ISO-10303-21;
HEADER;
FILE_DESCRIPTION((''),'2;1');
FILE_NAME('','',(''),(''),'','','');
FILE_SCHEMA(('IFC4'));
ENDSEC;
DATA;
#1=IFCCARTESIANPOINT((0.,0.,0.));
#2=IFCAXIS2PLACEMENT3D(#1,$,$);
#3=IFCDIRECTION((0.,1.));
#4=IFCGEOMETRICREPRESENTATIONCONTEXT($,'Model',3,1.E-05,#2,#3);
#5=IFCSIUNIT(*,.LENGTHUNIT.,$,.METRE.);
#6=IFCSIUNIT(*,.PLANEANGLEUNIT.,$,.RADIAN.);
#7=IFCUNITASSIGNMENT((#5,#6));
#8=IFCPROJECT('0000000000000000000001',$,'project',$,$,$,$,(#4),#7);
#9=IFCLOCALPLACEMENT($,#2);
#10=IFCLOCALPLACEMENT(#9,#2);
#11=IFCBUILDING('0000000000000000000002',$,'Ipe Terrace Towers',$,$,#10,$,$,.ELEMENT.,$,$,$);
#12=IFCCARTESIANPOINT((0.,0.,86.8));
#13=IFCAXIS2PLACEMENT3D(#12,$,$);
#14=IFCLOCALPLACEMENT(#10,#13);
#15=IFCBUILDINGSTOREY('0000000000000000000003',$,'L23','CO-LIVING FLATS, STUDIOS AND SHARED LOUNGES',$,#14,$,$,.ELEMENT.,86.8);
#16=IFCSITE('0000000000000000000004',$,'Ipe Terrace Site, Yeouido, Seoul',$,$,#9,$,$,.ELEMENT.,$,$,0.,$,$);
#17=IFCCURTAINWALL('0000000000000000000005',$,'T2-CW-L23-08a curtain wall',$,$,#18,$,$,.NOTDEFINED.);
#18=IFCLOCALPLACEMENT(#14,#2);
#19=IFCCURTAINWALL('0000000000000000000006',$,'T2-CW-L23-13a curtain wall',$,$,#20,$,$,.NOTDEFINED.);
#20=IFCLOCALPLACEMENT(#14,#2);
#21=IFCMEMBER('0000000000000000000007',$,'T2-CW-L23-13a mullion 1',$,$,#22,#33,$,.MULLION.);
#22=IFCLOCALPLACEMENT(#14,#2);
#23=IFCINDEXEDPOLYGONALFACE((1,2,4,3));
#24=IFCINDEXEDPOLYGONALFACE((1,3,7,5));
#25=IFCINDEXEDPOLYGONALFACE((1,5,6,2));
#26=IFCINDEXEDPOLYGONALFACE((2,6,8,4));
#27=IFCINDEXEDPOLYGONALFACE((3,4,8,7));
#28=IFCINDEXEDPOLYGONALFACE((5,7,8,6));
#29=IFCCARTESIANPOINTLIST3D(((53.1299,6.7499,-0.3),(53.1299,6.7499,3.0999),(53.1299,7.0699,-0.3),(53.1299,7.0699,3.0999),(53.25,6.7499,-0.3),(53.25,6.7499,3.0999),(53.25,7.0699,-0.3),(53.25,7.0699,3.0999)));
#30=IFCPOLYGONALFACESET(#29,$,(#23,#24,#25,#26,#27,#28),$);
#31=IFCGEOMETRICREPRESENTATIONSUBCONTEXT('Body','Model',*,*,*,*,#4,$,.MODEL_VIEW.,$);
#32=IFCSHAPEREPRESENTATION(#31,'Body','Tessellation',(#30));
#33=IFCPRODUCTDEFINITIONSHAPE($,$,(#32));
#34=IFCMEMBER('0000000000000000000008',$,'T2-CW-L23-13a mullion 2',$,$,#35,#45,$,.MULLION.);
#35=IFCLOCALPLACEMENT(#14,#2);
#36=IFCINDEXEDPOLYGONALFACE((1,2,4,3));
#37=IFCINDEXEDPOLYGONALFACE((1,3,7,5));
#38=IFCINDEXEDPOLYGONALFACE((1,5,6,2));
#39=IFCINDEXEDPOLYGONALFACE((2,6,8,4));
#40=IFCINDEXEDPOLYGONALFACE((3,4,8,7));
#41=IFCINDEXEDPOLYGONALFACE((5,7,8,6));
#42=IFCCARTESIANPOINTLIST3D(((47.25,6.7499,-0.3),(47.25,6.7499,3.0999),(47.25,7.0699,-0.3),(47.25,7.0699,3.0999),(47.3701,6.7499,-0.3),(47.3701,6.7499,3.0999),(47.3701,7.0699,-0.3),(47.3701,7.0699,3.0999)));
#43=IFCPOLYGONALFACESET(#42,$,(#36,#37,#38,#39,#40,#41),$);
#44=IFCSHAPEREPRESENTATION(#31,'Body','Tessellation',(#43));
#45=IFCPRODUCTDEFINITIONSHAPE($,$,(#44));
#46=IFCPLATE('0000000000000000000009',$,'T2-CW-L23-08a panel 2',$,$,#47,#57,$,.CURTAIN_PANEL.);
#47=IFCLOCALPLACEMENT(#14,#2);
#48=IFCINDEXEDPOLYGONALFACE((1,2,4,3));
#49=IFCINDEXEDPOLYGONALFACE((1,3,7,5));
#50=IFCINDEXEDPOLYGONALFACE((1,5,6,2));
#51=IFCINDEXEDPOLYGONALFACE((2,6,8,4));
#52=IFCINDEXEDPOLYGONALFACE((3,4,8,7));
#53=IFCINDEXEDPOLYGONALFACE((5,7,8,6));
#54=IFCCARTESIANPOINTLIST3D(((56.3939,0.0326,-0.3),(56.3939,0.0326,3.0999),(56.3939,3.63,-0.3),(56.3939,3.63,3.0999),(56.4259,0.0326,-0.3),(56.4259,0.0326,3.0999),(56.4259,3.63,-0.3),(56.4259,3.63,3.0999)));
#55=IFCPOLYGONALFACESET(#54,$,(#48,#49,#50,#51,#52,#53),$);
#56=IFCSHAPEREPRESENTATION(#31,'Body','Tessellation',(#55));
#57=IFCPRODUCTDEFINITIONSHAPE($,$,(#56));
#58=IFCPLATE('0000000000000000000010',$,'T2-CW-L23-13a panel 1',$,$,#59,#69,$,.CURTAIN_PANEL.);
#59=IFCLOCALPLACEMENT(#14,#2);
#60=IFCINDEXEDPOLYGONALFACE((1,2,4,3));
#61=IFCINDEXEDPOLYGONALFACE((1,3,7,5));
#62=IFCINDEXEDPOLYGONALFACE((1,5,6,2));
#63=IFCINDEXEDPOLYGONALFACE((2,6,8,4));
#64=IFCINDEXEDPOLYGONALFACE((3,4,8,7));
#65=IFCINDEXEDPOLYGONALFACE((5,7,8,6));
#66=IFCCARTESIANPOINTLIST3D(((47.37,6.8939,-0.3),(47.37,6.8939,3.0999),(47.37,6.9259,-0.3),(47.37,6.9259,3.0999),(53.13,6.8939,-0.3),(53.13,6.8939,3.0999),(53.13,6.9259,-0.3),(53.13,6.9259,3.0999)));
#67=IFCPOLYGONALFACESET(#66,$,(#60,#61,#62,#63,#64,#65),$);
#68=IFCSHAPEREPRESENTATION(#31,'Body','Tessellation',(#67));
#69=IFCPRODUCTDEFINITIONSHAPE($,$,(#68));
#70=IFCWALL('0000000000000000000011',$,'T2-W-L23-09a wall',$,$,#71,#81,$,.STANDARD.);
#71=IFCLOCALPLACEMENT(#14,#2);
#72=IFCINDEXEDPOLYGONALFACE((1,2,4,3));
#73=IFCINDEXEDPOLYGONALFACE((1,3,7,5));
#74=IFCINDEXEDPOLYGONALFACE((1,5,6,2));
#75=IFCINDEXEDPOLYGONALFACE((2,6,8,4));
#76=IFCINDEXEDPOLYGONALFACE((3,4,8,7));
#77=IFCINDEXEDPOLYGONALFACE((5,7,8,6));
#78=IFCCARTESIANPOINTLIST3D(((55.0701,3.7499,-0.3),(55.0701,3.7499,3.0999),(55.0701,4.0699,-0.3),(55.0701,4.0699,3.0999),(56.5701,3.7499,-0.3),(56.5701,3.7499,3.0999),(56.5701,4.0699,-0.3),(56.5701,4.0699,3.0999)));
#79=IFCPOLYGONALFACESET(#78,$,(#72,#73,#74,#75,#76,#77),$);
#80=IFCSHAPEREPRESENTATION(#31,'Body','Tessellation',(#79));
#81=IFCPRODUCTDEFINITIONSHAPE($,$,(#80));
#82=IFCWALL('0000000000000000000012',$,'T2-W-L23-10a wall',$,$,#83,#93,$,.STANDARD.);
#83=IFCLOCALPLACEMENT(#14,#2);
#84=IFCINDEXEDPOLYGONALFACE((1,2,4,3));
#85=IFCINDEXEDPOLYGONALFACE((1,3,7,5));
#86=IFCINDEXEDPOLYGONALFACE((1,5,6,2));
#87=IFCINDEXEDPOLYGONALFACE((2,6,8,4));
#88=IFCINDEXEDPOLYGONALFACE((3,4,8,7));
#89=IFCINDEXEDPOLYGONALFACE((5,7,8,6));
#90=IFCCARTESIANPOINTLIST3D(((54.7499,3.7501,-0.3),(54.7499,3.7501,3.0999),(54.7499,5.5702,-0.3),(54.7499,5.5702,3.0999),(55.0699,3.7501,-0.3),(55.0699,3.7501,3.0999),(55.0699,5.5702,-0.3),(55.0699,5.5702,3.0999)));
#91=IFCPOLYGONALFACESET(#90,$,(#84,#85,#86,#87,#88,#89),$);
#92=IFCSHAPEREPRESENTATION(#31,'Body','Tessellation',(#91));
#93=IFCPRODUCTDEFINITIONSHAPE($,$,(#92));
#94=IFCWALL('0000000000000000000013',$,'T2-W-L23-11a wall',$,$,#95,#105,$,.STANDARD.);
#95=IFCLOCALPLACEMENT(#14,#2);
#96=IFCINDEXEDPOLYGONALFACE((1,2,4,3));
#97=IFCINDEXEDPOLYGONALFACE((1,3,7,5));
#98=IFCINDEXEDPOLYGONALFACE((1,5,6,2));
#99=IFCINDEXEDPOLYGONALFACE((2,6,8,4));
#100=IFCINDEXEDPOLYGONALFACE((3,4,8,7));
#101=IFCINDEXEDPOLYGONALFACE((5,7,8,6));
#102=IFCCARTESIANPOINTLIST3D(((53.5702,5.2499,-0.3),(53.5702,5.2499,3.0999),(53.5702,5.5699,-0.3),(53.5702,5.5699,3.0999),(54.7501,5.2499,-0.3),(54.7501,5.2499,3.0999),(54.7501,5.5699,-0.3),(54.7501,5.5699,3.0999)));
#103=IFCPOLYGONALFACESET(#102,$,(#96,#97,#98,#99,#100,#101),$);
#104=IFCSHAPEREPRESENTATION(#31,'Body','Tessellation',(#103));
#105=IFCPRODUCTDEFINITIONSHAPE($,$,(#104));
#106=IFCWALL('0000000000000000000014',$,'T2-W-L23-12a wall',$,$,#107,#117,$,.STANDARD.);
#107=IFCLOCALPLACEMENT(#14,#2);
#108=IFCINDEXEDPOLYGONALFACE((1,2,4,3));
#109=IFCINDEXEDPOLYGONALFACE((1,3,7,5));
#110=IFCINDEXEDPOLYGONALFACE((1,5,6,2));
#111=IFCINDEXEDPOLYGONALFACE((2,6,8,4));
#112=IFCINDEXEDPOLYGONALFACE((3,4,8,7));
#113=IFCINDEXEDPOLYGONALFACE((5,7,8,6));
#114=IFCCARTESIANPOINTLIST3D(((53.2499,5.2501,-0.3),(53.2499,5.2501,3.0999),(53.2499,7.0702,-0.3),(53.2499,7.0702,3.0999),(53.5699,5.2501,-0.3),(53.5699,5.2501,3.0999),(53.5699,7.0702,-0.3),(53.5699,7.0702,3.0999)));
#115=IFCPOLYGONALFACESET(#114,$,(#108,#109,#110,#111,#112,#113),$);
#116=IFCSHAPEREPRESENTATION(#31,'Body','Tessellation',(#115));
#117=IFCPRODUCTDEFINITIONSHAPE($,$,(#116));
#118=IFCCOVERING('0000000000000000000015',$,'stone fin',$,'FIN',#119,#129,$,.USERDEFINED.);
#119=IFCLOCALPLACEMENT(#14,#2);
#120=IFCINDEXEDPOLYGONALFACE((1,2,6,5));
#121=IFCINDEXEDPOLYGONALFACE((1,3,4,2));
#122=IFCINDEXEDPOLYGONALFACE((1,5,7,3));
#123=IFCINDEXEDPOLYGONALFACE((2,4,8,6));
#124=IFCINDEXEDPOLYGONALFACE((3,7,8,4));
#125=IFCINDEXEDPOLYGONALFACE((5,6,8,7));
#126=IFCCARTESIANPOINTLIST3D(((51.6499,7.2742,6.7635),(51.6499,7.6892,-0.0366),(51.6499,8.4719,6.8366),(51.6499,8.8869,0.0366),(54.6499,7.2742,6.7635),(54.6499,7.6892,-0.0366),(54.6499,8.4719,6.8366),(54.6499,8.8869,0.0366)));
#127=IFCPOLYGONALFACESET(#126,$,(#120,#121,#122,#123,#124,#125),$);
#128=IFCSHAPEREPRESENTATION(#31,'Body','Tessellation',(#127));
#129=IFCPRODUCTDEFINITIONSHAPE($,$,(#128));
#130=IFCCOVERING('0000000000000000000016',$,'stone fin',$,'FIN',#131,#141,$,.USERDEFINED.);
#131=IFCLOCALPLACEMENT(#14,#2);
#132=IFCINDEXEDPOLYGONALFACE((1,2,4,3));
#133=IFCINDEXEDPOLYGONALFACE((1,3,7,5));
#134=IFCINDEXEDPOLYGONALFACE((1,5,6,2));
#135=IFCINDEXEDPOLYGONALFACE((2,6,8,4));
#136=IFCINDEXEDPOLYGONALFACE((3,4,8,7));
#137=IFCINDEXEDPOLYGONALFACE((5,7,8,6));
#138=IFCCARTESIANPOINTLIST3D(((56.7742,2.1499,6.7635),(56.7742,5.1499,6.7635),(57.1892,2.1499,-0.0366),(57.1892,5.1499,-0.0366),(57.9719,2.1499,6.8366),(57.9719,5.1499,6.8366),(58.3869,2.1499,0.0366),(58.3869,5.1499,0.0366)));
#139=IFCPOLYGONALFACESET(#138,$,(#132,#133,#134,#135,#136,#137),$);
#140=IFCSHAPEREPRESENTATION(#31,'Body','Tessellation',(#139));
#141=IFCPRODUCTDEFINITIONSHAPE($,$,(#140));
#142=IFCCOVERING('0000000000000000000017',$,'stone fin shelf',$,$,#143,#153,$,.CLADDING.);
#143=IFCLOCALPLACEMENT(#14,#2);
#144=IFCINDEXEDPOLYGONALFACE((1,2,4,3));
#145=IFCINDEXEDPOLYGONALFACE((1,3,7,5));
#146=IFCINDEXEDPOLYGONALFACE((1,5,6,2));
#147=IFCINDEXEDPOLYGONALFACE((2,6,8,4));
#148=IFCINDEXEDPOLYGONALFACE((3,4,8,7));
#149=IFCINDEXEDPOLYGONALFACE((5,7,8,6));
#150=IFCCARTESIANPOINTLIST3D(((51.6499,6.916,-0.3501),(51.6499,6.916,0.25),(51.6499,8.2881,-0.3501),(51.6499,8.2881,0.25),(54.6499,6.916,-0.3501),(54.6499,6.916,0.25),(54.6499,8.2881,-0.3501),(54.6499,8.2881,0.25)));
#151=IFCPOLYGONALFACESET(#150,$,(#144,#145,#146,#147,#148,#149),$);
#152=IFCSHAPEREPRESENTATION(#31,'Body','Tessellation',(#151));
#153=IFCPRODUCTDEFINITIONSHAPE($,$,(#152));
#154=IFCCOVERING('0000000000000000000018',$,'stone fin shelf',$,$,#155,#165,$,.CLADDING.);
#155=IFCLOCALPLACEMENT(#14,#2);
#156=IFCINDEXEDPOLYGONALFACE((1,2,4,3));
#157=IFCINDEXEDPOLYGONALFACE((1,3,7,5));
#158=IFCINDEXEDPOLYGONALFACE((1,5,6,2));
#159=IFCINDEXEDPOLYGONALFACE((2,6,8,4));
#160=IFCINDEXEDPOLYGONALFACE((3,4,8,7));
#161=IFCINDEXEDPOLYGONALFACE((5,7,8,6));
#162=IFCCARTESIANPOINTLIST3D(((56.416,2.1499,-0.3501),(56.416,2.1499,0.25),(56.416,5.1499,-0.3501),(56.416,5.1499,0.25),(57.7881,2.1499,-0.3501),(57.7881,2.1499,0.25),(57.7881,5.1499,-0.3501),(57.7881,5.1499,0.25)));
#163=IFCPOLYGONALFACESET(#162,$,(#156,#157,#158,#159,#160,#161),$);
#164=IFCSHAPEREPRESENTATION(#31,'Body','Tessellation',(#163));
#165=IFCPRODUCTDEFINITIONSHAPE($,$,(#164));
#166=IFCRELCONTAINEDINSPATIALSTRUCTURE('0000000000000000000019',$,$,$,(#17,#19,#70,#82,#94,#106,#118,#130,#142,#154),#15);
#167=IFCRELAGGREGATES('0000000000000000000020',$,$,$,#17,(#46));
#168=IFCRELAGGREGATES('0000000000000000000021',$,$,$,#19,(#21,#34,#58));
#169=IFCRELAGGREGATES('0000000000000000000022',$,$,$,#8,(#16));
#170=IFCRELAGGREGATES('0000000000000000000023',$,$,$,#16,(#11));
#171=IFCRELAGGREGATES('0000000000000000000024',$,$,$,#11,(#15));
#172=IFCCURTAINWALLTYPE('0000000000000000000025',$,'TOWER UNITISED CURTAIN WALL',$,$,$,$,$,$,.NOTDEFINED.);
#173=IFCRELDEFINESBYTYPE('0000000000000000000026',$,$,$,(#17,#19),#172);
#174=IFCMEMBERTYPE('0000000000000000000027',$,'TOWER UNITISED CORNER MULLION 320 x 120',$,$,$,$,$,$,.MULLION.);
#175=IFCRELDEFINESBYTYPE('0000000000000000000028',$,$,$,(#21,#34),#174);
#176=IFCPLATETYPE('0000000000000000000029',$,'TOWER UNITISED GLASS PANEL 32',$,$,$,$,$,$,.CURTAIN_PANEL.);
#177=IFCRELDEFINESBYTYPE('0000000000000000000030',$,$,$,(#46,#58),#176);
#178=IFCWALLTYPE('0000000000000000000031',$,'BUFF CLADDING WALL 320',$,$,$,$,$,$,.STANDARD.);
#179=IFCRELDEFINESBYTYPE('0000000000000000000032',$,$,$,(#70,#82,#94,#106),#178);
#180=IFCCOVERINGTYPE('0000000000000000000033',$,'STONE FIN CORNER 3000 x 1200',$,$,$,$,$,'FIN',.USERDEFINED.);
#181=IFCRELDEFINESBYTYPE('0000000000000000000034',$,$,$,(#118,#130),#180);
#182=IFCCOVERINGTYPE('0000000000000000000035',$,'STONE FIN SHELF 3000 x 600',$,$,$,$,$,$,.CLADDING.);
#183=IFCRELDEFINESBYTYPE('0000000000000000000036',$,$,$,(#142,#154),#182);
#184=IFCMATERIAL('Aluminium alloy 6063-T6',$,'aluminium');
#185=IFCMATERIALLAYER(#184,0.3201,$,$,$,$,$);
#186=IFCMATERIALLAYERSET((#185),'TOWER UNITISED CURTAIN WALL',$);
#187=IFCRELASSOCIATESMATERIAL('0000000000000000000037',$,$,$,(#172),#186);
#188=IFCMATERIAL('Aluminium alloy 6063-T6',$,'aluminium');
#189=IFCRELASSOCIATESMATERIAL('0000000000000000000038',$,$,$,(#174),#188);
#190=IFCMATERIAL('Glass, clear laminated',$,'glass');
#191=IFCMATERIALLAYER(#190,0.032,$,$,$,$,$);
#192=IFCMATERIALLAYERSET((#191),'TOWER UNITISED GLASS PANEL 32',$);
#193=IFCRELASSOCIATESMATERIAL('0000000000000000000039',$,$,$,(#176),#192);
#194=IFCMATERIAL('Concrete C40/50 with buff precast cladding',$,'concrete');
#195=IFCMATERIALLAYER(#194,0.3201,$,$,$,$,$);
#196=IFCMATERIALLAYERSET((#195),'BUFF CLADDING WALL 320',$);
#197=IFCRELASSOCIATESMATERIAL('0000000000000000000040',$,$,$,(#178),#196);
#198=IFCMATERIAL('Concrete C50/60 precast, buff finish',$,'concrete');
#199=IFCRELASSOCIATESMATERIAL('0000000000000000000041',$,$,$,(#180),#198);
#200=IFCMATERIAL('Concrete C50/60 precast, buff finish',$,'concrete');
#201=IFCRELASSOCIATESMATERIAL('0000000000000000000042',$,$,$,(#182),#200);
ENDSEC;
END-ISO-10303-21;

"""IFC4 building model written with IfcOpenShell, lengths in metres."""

from ifc_helpers import new_model, si_unit, direction, frame, frame_2d, origin, origin_2d, place, context, subcontext, project, spatial, rectangle, extrude, material, layer, layer_set, material_profile, profile_set, type_object, element, aggregate, save


model = new_model("IFC4")

# Units and contexts
model_context = context("Model", 3, precision=1e-05, world=origin(), true_north=direction((0.0, 1.0)))
body_context = subcontext(model_context, "Body", "Model", "MODEL_VIEW")
ifc_project = project(units=[si_unit("LENGTHUNIT", "METRE"), si_unit("PLANEANGLEUNIT", "RADIAN")], contexts=[model_context])

# Site, building, storey
site_placement = place(None, origin())
site = spatial("IfcSite", under=ifc_project, at=site_placement, Name="Ipe Terrace Site, Yeouido, Seoul", CompositionType="ELEMENT", RefElevation=0.0)
building_placement = place(site_placement, origin())
building = spatial("IfcBuilding", under=site, at=building_placement, Name="Ipe Terrace Towers", CompositionType="ELEMENT")
storey_placement = place(building_placement, frame((0.0, 0.0, 86.8)))
storey = spatial("IfcBuildingStorey", under=building, at=storey_placement, Name="L23", Description="CO-LIVING FLATS, STUDIOS AND SHARED LOUNGES", CompositionType="ELEMENT", Elevation=86.8)

# Curtain wall
ifc_material_1 = material(Name="Aluminium alloy 6063-T6", Category="aluminium")
ifc_layer_1 = layer(ifc_material_1, 0.3201)
ifc_layer_set_1 = layer_set([ifc_layer_1], Name="TOWER UNITISED CURTAIN WALL")
curtain_wall_type = type_object("IfcCurtainWallType", Name="TOWER UNITISED CURTAIN WALL", PredefinedType="NOTDEFINED", material=ifc_layer_set_1)
curtain_wall_1_placement = place(storey_placement, origin())
curtain_wall_1 = element("IfcCurtainWall", 1, at=curtain_wall_1_placement, inside=storey, type_object=curtain_wall_type, Name="T2-CW-L23-08a curtain wall", PredefinedType="NOTDEFINED")
ifc_material_2 = material(Name="Aluminium alloy 6063-T6", Category="aluminium")
ifc_material_profile_1 = material_profile(ifc_material_2, rectangle(XDim=0.3201, YDim=0.1201, at=origin_2d()), Name="TOWER UNITISED CORNER MULLION 320 x 120")
ifc_profile_set_1 = profile_set([ifc_material_profile_1], Name="Aluminium alloy 6063-T6")
member_type = type_object("IfcMemberType", Name="TOWER UNITISED CORNER MULLION 320 x 120", PredefinedType="MULLION", material=ifc_profile_set_1)

# Curtain wall, members
curtain_wall_2_placement = place(storey_placement, origin())
curtain_wall_2 = element("IfcCurtainWall", 2, at=curtain_wall_2_placement, inside=storey, type_object=curtain_wall_type, Name="T2-CW-L23-13a curtain wall", PredefinedType="NOTDEFINED")
member_1_placement = place(storey_placement, frame((53.1899, 6.9099, -0.3), z_axis=(0.0, 0.0, 1.0), x_axis=(0.0, 1.0, 0.0)))
member_1 = element("IfcMember", 3, at=member_1_placement, type_object=member_type, Name="T2-CW-L23-13a mullion 1", PredefinedType="MULLION", context=body_context, shape_type="SweptSolid", body=[
    extrude(rectangle(XDim=0.3201, YDim=0.1201, at=origin_2d()), origin(), (0.0, 0.0, 1.0), 3.3999),
])
member_2_placement = place(storey_placement, frame((47.3101, 6.9099, -0.3), z_axis=(0.0, 0.0, 1.0), x_axis=(0.0, 1.0, 0.0)))
member_2 = element("IfcMember", 4, at=member_2_placement, type_object=member_type, Name="T2-CW-L23-13a mullion 2", PredefinedType="MULLION", context=body_context, shape_type="SweptSolid", body=[
    extrude(rectangle(XDim=0.3201, YDim=0.1201, at=origin_2d()), origin(), (0.0, 0.0, 1.0), 3.3999),
])

# Plates
ifc_material_3 = material(Name="Glass, clear laminated", Category="glass")
ifc_layer_2 = layer(ifc_material_3, 0.032)
ifc_layer_set_2 = layer_set([ifc_layer_2], Name="TOWER UNITISED GLASS PANEL 32")
plate_type = type_object("IfcPlateType", Name="TOWER UNITISED GLASS PANEL 32", PredefinedType="CURTAIN_PANEL", material=ifc_layer_set_2)
plate_1_placement = place(storey_placement, frame((56.4099, 1.8313, -0.3), z_axis=(0.0, 0.0, 1.0), x_axis=(0.0, 1.0, 0.0)))
plate_1 = element("IfcPlate", 5, at=plate_1_placement, type_object=plate_type, Name="T2-CW-L23-08a panel 2", PredefinedType="CURTAIN_PANEL", context=body_context, shape_type="SweptSolid", body=[
    extrude(rectangle(XDim=3.5974, YDim=0.032, at=origin_2d()), origin(), (0.0, 0.0, 1.0), 3.3999),
])
aggregate(curtain_wall_1, [plate_1])
plate_2_placement = place(storey_placement, frame((50.25, 6.9099, -0.3), z_axis=(0.0, 0.0, 1.0), x_axis=(-1.0, 0.0, 0.0)))
plate_2 = element("IfcPlate", 6, at=plate_2_placement, type_object=plate_type, Name="T2-CW-L23-13a panel 1", PredefinedType="CURTAIN_PANEL", context=body_context, shape_type="SweptSolid", body=[
    extrude(rectangle(XDim=5.76, YDim=0.032, at=origin_2d()), origin(), (0.0, 0.0, 1.0), 3.3999),
])
aggregate(curtain_wall_2, [member_1, member_2, plate_2])

# Walls
ifc_material_4 = material(Name="Concrete C40/50 with buff precast cladding", Category="concrete")
ifc_layer_3 = layer(ifc_material_4, 0.3201)
ifc_layer_set_3 = layer_set([ifc_layer_3], Name="BUFF CLADDING WALL 320")
wall_type = type_object("IfcWallType", Name="BUFF CLADDING WALL 320", PredefinedType="STANDARD", material=ifc_layer_set_3)
wall_1_placement = place(storey_placement, frame((56.5701, 3.9099, -0.3), z_axis=(0.0, 0.0, 1.0), x_axis=(-1.0, 0.0, 0.0)))
element("IfcWall", 7, at=wall_1_placement, inside=storey, type_object=wall_type, Name="T2-W-L23-09a wall", PredefinedType="STANDARD", context=body_context, shape_type="SweptSolid", body=[
    extrude(rectangle(XDim=1.5, YDim=0.3201, at=frame_2d((0.75, 0.0))), origin(), (0.0, 0.0, 1.0), 3.3999),
])
wall_2_placement = place(storey_placement, frame((54.9099, 3.75, -0.3), z_axis=(0.0, 0.0, 1.0), x_axis=(0.0, 1.0, 0.0)))
element("IfcWall", 8, at=wall_2_placement, inside=storey, type_object=wall_type, Name="T2-W-L23-10a wall", PredefinedType="STANDARD", context=body_context, shape_type="SweptSolid", body=[
    extrude(rectangle(XDim=1.8201, YDim=0.3201, at=frame_2d((0.9102, 0.0))), origin(), (0.0, 0.0, 1.0), 3.3999),
])
wall_3_placement = place(storey_placement, frame((54.75, 5.4099, -0.3), z_axis=(0.0, 0.0, 1.0), x_axis=(-1.0, 0.0, 0.0)))
element("IfcWall", 9, at=wall_3_placement, inside=storey, type_object=wall_type, Name="T2-W-L23-11a wall", PredefinedType="STANDARD", context=body_context, shape_type="SweptSolid", body=[
    extrude(rectangle(XDim=1.1799, YDim=0.3201, at=frame_2d((0.5898, 0.0))), origin(), (0.0, 0.0, 1.0), 3.3999),
])
wall_4_placement = place(storey_placement, frame((53.4099, 5.25, -0.3), z_axis=(0.0, 0.0, 1.0), x_axis=(0.0, 1.0, 0.0)))
element("IfcWall", 10, at=wall_4_placement, inside=storey, type_object=wall_type, Name="T2-W-L23-12a wall", PredefinedType="STANDARD", context=body_context, shape_type="SweptSolid", body=[
    extrude(rectangle(XDim=1.8201, YDim=0.3201, at=frame_2d((0.9102, 0.0))), origin(), (0.0, 0.0, 1.0), 3.3999),
])

# Coverings
ifc_material_5 = material(Name="Concrete C50/60 precast, buff finish", Category="concrete")
ifc_material_profile_2 = material_profile(ifc_material_5, rectangle(XDim=3.0, YDim=1.2, at=origin_2d()), Name="STONE FIN CORNER 3000 x 1200")
ifc_profile_set_2 = profile_set([ifc_material_profile_2], Name="Concrete C50/60 precast, buff finish")
covering_type_1 = type_object("IfcCoveringType", Name="STONE FIN CORNER 3000 x 1200", ElementType="FIN", PredefinedType="USERDEFINED", material=ifc_profile_set_2)
for number, where, z_axis, x_axis, name in (
    (11, (53.1499, 8.2881, 0.0), (0.0, -0.060921, 0.998143), (-1.0, 0.0, 0.0), "stone fin"),
    (12, (57.7881, 3.6499, 0.0), (-0.060921, 0.0, 0.998143), (0.0, 1.0, 0.0), "stone fin"),
):
    element("IfcCovering", number, at=place(storey_placement, frame(where, z_axis=z_axis, x_axis=x_axis)), inside=storey, type_object=covering_type_1, Name=name, ObjectType="FIN", PredefinedType="USERDEFINED", context=body_context, shape_type="SweptSolid", body=[
        extrude(rectangle(XDim=3.0, YDim=1.2, at=origin_2d()), origin(), (0.0, 0.0, 1.0), 6.8127),
    ])
ifc_material_6 = material(Name="Concrete C50/60 precast, buff finish", Category="concrete")
covering_type_2 = type_object("IfcCoveringType", Name="STONE FIN SHELF 3000 x 600", PredefinedType="CLADDING", material=ifc_material_6)
for number, where, z_axis, x_axis, name in (
    (13, (53.1499, 7.6021, -0.3501), (0.0, 0.0, 1.0), (-1.0, 0.0, 0.0), "stone fin shelf"),
    (14, (57.1021, 3.6499, -0.3501), (0.0, 0.0, 1.0), (0.0, 1.0, 0.0), "stone fin shelf"),
):
    element("IfcCovering", number, at=place(storey_placement, frame(where, z_axis=z_axis, x_axis=x_axis)), inside=storey, type_object=covering_type_2, Name=name, PredefinedType="CLADDING", context=body_context, shape_type="SweptSolid", body=[
        extrude(rectangle(XDim=3.0, YDim=1.3721, at=origin_2d()), origin(), (0.0, 0.0, 1.0), 0.6001),
    ])

save(model, "model.ifc")
